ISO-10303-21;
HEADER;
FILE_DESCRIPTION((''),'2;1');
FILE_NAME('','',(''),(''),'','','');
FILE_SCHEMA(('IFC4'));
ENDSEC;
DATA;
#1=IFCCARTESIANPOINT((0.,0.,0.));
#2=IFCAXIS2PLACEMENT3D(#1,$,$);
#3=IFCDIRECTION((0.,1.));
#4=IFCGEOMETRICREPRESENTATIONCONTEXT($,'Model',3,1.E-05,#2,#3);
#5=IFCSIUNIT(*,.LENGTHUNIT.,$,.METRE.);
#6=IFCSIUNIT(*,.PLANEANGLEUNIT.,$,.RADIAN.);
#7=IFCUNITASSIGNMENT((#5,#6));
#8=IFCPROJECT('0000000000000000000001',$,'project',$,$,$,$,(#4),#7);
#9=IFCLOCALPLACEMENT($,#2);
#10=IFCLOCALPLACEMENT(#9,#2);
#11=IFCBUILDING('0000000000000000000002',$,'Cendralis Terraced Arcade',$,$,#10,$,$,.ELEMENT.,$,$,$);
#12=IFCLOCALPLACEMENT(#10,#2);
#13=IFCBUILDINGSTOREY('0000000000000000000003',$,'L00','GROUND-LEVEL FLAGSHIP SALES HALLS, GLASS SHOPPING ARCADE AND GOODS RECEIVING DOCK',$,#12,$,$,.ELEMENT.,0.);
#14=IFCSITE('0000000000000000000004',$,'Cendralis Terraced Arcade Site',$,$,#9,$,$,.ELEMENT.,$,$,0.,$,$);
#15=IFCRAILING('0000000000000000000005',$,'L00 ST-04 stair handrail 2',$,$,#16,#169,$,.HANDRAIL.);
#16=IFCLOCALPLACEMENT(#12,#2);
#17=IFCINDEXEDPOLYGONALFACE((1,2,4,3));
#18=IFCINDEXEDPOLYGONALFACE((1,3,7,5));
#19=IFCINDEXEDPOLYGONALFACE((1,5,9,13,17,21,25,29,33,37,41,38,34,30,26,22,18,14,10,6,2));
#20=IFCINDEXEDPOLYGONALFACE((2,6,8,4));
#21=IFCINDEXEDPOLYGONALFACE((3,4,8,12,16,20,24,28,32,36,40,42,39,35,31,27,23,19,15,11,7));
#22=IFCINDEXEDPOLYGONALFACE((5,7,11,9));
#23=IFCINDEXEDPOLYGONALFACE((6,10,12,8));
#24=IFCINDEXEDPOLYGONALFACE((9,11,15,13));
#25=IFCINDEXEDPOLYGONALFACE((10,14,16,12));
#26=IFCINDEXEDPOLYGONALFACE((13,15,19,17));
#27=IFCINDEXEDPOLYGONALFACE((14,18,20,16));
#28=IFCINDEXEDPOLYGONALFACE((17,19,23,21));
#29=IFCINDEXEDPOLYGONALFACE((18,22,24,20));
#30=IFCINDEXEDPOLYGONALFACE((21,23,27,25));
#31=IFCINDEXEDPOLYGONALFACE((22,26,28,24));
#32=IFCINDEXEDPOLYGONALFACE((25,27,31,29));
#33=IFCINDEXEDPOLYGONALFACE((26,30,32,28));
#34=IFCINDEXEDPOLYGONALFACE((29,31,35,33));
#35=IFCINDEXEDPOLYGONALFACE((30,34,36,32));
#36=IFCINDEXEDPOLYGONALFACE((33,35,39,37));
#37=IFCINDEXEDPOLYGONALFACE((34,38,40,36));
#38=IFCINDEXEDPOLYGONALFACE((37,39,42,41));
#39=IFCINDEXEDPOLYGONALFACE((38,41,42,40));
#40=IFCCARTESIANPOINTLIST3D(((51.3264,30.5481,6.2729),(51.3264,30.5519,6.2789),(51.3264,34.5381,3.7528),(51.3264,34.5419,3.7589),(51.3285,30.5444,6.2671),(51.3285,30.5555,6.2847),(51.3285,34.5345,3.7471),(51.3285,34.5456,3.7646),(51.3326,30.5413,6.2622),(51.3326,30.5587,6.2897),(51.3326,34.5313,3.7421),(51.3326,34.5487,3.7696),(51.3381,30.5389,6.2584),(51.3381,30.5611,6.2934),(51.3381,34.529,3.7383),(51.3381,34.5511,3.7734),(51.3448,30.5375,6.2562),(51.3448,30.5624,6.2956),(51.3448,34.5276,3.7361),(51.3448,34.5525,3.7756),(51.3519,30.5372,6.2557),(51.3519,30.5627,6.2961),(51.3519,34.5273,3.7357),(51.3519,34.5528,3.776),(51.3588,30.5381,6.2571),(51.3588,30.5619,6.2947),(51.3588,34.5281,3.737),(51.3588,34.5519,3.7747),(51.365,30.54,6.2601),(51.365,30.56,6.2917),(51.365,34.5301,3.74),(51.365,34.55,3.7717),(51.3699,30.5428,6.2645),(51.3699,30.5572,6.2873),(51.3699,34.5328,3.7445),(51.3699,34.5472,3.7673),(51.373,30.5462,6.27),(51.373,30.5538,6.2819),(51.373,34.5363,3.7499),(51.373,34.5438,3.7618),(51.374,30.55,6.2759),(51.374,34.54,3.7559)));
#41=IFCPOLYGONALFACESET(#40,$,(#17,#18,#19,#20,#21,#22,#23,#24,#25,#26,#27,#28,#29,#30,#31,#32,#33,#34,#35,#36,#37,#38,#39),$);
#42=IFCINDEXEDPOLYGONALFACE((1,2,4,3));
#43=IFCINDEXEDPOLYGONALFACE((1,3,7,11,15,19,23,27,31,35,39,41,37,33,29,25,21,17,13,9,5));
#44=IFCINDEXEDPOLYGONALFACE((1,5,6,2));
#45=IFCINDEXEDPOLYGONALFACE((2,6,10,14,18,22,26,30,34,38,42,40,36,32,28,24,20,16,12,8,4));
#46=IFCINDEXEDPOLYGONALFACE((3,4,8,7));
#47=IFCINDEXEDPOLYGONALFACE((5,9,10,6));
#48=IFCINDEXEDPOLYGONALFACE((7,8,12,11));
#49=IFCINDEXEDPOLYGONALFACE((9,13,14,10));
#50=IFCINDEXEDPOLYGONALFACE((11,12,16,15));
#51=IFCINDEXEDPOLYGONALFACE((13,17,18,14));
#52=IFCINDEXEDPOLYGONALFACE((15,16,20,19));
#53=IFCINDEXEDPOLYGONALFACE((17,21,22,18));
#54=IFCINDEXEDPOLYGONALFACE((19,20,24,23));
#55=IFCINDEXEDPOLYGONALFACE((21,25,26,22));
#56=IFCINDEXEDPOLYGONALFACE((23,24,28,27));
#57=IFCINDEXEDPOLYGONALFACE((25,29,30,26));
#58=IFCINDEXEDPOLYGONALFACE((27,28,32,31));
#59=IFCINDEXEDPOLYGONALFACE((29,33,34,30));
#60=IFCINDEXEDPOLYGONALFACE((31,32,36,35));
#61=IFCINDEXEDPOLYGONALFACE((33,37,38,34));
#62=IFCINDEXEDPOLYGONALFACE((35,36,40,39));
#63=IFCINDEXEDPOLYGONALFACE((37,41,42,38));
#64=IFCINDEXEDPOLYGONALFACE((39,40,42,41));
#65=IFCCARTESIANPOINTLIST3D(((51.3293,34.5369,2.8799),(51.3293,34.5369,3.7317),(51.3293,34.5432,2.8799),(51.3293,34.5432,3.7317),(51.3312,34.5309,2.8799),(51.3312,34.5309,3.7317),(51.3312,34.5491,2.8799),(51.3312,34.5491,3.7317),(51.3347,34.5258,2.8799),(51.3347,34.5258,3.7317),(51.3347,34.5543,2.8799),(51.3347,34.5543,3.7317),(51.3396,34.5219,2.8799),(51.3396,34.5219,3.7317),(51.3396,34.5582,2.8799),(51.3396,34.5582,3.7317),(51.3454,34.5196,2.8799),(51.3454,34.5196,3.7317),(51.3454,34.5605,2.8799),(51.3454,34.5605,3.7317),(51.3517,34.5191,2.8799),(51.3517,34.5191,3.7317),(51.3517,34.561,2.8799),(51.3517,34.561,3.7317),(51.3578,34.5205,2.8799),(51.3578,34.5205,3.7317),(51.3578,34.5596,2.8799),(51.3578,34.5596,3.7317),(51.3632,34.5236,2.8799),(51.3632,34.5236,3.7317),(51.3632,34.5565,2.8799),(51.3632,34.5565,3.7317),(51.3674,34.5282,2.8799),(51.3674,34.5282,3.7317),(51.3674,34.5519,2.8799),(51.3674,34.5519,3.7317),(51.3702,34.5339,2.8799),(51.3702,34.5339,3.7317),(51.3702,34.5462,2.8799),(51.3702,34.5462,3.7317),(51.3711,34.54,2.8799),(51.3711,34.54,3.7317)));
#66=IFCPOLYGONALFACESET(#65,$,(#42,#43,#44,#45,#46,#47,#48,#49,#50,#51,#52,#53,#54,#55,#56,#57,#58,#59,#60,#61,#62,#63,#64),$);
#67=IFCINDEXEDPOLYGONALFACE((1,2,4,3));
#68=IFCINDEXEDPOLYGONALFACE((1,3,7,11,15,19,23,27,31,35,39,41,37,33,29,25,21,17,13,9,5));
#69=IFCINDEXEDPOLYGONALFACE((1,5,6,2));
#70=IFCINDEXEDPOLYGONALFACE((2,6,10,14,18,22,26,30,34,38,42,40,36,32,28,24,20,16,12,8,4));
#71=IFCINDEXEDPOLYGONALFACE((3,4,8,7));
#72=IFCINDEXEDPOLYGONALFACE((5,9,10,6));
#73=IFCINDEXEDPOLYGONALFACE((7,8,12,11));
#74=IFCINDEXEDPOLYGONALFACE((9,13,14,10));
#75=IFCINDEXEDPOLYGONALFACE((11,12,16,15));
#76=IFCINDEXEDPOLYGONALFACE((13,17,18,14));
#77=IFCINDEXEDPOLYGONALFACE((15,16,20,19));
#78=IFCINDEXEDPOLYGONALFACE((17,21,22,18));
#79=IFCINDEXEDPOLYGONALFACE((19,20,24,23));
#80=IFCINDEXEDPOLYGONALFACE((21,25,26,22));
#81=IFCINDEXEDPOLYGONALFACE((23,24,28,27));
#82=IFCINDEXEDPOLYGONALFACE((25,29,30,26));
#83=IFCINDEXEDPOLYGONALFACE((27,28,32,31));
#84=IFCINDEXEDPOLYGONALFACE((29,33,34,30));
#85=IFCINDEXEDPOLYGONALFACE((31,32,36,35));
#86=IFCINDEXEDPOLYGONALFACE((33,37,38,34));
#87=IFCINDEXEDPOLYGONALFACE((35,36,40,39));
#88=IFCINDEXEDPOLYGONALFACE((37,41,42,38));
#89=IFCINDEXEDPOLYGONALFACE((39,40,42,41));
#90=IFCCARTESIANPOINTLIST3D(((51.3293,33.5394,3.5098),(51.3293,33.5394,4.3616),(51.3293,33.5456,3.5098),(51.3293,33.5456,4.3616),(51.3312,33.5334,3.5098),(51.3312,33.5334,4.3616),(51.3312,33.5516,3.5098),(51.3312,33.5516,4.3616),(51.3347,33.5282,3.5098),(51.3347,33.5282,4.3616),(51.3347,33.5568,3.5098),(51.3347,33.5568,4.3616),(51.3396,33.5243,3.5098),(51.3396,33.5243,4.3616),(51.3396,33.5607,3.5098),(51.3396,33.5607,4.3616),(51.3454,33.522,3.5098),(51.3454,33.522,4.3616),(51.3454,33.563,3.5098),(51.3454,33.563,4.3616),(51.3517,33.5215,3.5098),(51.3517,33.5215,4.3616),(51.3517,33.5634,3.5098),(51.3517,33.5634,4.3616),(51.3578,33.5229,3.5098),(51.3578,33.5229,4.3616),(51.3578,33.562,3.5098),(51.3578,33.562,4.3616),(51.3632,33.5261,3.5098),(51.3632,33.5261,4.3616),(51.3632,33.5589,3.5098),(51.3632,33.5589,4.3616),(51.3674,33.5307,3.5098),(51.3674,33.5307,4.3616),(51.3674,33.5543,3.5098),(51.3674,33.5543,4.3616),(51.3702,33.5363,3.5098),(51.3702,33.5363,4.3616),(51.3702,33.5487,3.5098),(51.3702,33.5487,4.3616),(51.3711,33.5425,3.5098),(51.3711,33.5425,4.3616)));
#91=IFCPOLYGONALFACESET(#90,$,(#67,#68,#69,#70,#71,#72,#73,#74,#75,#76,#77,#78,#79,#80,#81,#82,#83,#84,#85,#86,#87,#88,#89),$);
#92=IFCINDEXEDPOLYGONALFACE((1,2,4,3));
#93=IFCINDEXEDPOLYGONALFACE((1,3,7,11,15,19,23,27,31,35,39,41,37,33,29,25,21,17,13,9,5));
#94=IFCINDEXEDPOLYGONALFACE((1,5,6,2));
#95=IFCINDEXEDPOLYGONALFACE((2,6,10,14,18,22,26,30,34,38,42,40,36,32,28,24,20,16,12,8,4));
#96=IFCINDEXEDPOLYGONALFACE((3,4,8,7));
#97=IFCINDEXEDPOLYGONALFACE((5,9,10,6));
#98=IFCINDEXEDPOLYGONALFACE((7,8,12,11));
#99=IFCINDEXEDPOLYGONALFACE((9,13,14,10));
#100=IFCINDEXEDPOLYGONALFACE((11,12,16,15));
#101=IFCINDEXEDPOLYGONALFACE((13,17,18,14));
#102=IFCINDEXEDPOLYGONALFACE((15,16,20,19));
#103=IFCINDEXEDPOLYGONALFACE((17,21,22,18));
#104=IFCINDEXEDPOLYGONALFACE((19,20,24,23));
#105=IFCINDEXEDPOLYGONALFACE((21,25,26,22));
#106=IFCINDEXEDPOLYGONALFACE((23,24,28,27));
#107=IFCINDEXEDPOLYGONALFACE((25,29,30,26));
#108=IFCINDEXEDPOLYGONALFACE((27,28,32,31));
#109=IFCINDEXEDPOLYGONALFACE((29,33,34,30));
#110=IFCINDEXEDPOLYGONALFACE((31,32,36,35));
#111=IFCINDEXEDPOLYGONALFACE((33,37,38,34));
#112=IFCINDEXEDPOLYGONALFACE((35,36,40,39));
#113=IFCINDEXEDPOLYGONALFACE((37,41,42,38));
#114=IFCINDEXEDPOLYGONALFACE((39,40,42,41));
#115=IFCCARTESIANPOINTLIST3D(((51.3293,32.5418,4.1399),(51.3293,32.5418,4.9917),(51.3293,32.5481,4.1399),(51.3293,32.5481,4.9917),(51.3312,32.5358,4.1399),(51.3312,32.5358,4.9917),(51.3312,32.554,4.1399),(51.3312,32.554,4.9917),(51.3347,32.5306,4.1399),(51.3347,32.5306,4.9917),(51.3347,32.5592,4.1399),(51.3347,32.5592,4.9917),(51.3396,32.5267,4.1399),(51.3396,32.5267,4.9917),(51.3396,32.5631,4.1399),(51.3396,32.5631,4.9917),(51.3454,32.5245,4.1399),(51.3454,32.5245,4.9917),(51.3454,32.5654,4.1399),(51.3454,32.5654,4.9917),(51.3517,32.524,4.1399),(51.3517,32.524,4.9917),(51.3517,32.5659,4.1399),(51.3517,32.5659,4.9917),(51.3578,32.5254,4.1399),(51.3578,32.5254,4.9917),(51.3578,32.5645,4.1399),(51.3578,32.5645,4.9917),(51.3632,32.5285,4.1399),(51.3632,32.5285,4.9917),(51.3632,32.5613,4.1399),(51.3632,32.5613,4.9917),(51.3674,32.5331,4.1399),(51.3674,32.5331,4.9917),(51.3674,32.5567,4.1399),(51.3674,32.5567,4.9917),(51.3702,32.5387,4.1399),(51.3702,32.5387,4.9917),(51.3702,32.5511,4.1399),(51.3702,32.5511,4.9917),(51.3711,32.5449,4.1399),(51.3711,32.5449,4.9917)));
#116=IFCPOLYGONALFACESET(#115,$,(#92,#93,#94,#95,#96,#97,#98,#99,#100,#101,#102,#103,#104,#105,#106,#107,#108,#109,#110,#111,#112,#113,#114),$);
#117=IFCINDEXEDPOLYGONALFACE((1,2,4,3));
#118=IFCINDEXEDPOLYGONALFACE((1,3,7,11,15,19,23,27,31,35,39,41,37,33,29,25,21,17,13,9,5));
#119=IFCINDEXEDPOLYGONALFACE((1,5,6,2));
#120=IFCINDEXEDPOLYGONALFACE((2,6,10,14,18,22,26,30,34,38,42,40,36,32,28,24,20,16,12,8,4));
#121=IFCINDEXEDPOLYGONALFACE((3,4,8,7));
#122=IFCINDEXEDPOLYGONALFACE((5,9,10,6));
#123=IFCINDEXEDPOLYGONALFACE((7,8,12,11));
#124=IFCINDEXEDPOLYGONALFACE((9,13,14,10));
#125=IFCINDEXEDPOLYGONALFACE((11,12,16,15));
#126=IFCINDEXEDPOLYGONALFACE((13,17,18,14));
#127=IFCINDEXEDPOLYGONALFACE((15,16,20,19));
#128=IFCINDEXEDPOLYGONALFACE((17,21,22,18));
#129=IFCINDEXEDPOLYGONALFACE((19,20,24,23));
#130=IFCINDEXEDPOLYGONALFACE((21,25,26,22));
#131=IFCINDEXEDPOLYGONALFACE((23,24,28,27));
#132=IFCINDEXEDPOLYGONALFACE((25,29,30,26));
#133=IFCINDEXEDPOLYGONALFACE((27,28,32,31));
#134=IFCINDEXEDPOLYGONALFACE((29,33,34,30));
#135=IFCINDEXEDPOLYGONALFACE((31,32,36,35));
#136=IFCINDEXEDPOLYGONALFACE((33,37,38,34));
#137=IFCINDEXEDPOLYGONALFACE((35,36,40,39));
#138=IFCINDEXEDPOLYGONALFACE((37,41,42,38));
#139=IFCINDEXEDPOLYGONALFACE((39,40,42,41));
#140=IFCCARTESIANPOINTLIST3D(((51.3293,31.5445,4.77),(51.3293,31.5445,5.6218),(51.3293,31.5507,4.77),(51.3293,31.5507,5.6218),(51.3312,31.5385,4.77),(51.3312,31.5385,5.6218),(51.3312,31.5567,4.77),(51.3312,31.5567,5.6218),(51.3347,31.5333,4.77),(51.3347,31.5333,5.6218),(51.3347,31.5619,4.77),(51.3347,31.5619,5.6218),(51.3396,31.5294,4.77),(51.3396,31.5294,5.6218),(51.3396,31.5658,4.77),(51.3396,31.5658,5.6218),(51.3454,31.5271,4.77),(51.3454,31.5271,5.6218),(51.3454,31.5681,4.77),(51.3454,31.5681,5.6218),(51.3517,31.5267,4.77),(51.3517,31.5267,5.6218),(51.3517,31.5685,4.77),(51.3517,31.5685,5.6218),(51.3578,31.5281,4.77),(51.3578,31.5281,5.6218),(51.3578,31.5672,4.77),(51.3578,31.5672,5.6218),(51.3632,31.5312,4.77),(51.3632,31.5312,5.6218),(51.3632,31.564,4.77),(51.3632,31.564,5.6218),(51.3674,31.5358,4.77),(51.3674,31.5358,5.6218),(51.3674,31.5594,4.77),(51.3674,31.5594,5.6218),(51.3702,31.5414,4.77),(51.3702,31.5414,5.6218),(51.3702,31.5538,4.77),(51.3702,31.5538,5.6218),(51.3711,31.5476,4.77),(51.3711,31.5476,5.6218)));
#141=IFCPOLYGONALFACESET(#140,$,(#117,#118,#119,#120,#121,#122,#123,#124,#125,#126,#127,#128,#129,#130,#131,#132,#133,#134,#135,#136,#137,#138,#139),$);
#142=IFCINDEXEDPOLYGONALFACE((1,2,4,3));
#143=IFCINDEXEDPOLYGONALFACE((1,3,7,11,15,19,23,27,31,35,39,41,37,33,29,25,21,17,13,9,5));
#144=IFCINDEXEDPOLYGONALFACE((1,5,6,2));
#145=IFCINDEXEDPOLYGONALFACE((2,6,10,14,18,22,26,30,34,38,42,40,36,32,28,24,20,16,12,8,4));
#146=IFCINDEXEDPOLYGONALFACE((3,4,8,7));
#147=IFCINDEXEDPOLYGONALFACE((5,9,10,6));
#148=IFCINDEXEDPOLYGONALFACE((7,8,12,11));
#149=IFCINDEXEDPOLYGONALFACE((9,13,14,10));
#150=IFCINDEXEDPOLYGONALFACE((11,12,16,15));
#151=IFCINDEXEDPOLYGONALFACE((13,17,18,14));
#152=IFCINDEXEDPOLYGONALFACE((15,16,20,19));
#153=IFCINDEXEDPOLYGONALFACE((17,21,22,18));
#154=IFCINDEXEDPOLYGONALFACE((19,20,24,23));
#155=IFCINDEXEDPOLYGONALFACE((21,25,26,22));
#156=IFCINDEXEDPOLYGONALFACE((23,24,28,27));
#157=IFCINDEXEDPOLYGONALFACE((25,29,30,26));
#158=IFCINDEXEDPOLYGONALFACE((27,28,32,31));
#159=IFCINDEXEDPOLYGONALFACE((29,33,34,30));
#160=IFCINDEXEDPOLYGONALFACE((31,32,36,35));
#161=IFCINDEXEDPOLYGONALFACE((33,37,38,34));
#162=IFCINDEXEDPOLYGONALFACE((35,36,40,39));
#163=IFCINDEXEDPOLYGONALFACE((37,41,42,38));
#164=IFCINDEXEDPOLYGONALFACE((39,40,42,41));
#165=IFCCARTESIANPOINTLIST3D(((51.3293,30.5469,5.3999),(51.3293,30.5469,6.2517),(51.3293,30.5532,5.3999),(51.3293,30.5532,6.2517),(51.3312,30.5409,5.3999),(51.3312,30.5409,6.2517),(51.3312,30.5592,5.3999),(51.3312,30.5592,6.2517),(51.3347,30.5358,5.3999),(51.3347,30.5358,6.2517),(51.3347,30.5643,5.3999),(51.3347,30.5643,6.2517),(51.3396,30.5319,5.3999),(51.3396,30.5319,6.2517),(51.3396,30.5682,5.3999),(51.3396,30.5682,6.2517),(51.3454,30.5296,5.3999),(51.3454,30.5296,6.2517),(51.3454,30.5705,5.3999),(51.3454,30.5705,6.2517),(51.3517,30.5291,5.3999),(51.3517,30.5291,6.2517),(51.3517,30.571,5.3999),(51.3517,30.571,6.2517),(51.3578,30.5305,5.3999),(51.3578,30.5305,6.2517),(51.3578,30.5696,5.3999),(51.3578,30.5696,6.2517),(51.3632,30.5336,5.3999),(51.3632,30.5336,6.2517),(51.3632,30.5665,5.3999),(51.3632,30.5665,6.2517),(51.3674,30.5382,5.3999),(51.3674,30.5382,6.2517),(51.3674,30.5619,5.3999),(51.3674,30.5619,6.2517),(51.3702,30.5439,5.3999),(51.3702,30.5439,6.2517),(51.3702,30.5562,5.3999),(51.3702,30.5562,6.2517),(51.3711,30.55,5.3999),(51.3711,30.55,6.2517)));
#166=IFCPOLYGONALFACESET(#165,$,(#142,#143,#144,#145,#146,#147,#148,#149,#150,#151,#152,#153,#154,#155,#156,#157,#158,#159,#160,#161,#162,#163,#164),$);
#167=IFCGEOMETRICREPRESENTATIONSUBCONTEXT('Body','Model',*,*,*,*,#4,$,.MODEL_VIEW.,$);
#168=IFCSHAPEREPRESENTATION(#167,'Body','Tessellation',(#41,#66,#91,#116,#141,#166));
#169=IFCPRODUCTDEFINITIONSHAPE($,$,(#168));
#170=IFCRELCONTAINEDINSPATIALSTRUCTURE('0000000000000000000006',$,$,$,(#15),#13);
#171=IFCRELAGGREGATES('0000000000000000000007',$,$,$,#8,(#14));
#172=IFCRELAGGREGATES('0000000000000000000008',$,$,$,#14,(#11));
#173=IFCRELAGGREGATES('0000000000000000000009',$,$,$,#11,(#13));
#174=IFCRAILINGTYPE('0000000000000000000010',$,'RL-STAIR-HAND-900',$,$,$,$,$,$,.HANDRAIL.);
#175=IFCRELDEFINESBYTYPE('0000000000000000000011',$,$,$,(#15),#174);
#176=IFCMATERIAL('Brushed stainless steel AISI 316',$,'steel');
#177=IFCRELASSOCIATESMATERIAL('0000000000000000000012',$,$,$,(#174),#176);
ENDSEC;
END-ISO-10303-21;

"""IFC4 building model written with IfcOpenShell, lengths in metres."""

from ifc_helpers import new_model, si_unit, direction, frame, origin, origin_2d, place, context, subcontext, project, spatial, circle, extrude, material, type_object, element, save


model = new_model("IFC4")

# Units and contexts
model_context = context("Model", 3, precision=1e-05, world=origin(), true_north=direction((0.0, 1.0)))
body_context = subcontext(model_context, "Body", "Model", "MODEL_VIEW")
ifc_project = project(units=[si_unit("LENGTHUNIT", "METRE"), si_unit("PLANEANGLEUNIT", "RADIAN")], contexts=[model_context])

# Site, building, storey
site_placement = place(None, origin())
site = spatial("IfcSite", under=ifc_project, at=site_placement, Name="Cendralis Terraced Arcade Site", CompositionType="ELEMENT", RefElevation=0.0)
building_placement = place(site_placement, origin())
building = spatial("IfcBuilding", under=site, at=building_placement, Name="Cendralis Terraced Arcade", CompositionType="ELEMENT")
storey_placement = place(building_placement, origin())
storey = spatial("IfcBuildingStorey", under=building, at=storey_placement, Name="L00", Description="GROUND-LEVEL FLAGSHIP SALES HALLS, GLASS SHOPPING ARCADE AND GOODS RECEIVING DOCK", CompositionType="ELEMENT", Elevation=0.0)

# Railing
ifc_material_1 = material(Name="Brushed stainless steel AISI 316", Category="steel")
railing_type_1 = type_object("IfcRailingType", Name="RL-STAIR-HAND-900", PredefinedType="HANDRAIL", material=ifc_material_1)
railing_1_placement = place(storey_placement, frame((51.3501, 34.54, 2.8799)))
element("IfcRailing", 1, at=railing_1_placement, inside=storey, type_object=railing_type_1, Name="L00 ST-04 stair handrail 2", PredefinedType="HANDRAIL", context=body_context, shape_type="SweptSolid", body=[
    extrude(circle(Radius=0.0239, at=origin_2d()), frame((0.0, 0.0, 0.876), z_axis=(0.0, -0.845486, 0.533997), x_axis=(1.0, 0.0, 0.0)), (0.0, 0.0, 1.0), 4.7192),
    extrude(circle(Radius=0.021, at=origin_2d()), origin(), (0.0, 0.0, 1.0), 0.8518),
    extrude(circle(Radius=0.021, at=origin_2d()), frame((0.0, -0.9976, 0.6299)), (0.0, 0.0, 1.0), 0.8518),
    extrude(circle(Radius=0.021, at=origin_2d()), frame((0.0, -1.9951, 1.26)), (0.0, 0.0, 1.0), 0.8518),
    extrude(circle(Radius=0.021, at=origin_2d()), frame((0.0, -2.9924, 1.8901)), (0.0, 0.0, 1.0), 0.8518),
    extrude(circle(Radius=0.021, at=origin_2d()), frame((0.0, -3.99, 2.52)), (0.0, 0.0, 1.0), 0.8518),
])

save(model, "model.ifc")
